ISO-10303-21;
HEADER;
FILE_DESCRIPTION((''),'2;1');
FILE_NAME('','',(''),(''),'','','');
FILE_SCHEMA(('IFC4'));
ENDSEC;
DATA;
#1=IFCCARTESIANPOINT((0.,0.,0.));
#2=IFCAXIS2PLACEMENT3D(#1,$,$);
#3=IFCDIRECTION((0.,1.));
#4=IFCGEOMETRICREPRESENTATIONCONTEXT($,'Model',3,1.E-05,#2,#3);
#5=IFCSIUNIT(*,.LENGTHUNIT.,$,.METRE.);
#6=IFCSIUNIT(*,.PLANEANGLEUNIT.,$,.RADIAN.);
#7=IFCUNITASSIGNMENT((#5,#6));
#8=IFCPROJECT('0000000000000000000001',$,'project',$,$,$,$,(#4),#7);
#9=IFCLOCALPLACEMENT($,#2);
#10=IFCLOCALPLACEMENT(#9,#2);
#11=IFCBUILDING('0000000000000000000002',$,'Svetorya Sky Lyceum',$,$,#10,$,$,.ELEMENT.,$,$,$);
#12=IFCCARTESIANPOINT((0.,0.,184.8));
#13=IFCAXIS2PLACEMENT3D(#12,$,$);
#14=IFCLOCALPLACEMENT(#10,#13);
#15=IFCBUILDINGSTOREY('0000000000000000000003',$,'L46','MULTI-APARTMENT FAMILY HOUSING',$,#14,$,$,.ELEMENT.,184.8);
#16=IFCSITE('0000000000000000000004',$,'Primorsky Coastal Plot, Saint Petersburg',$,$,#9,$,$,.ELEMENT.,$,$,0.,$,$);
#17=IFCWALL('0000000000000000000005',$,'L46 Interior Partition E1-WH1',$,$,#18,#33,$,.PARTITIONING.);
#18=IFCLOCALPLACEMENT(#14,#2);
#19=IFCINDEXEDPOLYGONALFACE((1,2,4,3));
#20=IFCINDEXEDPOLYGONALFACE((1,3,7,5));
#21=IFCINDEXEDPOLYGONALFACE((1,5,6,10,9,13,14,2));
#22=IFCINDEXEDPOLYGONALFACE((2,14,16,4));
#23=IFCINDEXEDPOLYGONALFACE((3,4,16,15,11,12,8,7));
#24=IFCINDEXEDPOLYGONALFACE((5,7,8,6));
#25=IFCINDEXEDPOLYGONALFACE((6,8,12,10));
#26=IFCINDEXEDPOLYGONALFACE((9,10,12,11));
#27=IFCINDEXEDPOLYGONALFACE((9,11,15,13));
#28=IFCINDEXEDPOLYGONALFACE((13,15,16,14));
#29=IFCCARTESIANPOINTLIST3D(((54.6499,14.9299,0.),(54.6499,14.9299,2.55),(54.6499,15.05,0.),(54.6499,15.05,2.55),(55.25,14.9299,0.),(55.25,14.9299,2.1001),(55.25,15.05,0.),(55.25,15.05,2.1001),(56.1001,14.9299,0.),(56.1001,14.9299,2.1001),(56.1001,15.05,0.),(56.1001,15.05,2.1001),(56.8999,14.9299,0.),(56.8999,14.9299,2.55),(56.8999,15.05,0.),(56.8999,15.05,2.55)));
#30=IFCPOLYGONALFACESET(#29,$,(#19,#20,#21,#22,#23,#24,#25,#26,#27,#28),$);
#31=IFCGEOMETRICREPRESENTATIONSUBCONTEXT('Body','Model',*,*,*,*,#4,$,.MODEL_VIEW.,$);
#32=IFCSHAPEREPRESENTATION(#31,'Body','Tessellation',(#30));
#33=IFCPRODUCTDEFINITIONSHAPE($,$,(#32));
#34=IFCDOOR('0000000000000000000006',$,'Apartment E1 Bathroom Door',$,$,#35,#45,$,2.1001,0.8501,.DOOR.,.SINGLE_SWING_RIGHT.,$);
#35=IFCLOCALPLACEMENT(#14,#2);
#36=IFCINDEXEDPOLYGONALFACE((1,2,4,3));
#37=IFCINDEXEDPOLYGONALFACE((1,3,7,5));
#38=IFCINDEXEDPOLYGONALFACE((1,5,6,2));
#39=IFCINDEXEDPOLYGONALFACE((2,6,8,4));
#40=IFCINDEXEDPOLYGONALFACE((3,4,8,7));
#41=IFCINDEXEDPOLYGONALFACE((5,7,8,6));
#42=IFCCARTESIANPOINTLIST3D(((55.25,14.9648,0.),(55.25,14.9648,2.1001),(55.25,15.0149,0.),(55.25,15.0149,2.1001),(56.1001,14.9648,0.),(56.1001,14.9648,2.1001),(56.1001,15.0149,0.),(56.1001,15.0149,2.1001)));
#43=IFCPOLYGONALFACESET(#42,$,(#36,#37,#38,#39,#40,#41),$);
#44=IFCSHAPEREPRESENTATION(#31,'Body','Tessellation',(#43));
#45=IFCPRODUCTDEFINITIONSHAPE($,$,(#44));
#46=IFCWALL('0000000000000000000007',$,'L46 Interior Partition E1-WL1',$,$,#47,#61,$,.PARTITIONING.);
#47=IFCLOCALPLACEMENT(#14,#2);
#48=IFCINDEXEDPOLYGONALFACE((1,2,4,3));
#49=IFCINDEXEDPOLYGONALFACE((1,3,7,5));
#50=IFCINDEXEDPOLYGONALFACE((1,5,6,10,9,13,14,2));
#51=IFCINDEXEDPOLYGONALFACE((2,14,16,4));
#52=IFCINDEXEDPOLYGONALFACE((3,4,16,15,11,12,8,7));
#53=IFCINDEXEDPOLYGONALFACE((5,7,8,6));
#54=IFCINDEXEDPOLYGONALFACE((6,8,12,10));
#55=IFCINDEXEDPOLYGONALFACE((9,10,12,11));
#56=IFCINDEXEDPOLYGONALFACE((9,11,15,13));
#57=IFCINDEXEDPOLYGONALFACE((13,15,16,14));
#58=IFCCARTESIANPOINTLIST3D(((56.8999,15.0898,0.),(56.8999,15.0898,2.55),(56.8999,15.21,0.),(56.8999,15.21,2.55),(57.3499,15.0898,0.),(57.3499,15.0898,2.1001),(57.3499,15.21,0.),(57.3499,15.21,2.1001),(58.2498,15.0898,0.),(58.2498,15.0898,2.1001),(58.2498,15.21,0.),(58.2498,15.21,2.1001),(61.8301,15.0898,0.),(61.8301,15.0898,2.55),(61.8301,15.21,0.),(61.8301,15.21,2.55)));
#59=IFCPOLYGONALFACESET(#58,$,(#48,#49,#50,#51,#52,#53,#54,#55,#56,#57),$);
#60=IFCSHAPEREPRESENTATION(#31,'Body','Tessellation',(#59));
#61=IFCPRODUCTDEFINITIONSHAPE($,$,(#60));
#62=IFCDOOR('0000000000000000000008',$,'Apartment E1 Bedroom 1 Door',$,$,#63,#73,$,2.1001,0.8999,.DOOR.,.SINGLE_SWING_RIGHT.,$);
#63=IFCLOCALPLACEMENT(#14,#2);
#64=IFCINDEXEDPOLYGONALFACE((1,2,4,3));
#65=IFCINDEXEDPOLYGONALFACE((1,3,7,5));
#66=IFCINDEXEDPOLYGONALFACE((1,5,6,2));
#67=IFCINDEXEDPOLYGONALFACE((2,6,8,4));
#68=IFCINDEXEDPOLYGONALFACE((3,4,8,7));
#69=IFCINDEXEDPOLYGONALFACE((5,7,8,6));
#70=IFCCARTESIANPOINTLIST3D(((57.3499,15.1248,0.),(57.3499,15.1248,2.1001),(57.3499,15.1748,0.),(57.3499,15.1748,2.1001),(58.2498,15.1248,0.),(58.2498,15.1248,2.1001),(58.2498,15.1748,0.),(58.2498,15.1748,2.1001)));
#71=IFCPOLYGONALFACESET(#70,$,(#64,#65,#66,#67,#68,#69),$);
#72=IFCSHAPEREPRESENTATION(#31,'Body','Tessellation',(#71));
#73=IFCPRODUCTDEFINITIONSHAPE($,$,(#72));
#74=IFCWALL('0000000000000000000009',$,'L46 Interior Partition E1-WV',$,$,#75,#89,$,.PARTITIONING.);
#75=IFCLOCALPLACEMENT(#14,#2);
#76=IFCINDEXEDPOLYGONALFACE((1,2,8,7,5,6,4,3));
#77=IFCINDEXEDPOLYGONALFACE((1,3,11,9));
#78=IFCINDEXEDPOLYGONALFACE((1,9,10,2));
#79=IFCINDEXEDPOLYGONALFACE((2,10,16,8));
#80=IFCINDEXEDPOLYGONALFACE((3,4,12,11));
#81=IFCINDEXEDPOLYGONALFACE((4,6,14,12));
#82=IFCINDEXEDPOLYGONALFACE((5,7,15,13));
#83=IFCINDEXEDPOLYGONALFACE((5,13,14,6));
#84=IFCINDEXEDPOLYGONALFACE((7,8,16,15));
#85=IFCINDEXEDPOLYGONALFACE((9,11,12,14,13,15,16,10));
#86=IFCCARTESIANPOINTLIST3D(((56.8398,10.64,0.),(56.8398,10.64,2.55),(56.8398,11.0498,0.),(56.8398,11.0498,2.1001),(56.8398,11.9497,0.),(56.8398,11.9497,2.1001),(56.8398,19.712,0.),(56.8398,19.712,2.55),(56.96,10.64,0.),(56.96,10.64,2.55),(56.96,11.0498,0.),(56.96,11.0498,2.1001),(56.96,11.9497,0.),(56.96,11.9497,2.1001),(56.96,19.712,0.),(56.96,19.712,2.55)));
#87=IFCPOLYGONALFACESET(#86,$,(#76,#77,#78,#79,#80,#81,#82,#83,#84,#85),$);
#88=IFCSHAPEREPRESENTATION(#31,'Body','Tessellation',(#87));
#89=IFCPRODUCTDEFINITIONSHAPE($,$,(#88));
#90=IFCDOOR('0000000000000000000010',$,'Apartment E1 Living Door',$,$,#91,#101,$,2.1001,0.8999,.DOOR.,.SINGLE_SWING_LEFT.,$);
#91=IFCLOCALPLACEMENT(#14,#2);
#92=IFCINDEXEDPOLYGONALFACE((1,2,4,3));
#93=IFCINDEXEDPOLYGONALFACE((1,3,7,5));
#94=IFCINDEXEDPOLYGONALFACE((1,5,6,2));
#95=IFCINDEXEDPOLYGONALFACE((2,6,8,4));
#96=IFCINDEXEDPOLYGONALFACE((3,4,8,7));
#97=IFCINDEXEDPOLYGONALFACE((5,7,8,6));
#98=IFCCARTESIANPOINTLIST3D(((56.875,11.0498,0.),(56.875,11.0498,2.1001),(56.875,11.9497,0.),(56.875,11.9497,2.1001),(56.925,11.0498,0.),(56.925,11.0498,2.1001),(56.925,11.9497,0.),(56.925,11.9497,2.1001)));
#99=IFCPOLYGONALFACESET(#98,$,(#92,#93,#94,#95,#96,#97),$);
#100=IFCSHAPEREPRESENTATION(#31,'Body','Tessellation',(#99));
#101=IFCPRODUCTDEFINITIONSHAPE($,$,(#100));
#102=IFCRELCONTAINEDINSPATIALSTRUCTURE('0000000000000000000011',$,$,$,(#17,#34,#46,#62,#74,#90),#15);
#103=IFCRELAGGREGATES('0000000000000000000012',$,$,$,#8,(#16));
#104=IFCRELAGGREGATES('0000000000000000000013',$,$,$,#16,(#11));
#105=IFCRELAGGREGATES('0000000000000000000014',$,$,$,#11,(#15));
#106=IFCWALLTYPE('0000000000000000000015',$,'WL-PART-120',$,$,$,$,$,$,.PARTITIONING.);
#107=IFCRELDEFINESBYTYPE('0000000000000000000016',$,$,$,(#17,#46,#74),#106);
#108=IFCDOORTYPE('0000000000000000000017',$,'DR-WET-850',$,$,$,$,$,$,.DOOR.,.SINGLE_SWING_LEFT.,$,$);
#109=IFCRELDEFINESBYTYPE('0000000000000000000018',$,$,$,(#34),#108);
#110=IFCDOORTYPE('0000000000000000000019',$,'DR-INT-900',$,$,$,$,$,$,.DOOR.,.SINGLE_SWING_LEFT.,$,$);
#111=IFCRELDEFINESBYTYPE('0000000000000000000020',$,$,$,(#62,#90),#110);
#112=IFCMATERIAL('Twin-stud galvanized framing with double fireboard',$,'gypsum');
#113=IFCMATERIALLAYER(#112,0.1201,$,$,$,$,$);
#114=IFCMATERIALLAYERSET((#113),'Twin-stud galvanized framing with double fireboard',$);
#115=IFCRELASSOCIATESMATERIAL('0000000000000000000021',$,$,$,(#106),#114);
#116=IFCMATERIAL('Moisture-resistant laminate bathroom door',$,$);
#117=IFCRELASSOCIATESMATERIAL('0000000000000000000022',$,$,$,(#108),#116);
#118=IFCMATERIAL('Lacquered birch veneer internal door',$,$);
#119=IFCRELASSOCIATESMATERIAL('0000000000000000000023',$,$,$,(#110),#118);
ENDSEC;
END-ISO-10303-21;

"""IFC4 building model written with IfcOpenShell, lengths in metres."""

from ifc_helpers import new_model, si_unit, direction, frame, frame_2d, origin, place, context, subcontext, project, spatial, rectangle, extrude, material, layer, layer_set, type_object, element, fill, save


model = new_model("IFC4")

# Units and contexts
model_context = context("Model", 3, precision=1e-05, world=origin(), true_north=direction((0.0, 1.0)))
body_context = subcontext(model_context, "Body", "Model", "MODEL_VIEW")
ifc_project = project(units=[si_unit("LENGTHUNIT", "METRE"), si_unit("PLANEANGLEUNIT", "RADIAN")], contexts=[model_context])

# Site, building, storey
site_placement = place(None, origin())
site = spatial("IfcSite", under=ifc_project, at=site_placement, Name="Primorsky Coastal Plot, Saint Petersburg", CompositionType="ELEMENT", RefElevation=0.0)
building_placement = place(site_placement, origin())
building = spatial("IfcBuilding", under=site, at=building_placement, Name="Svetorya Sky Lyceum", CompositionType="ELEMENT")
storey_placement = place(building_placement, frame((0.0, 0.0, 184.8)))
storey = spatial("IfcBuildingStorey", under=building, at=storey_placement, Name="L46", Description="MULTI-APARTMENT FAMILY HOUSING", CompositionType="ELEMENT", Elevation=184.8)

# Walls, openings, doors
ifc_material_1 = material(Name="Twin-stud galvanized framing with double fireboard", Category="gypsum")
ifc_layer_1 = layer(ifc_material_1, 0.1201)
ifc_layer_set_1 = layer_set([ifc_layer_1], Name="Twin-stud galvanized framing with double fireboard")
wall_type_1 = type_object("IfcWallType", Name="WL-PART-120", PredefinedType="PARTITIONING", material=ifc_layer_set_1)
wall_1_placement = place(storey_placement, frame((54.6499, 14.99, 0.0), z_axis=(0.0, 0.0, 1.0), x_axis=(1.0, 0.0, 0.0)))
wall_1 = element("IfcWall", 1, at=wall_1_placement, inside=storey, type_object=wall_type_1, Name="L46 Interior Partition E1-WH1", PredefinedType="PARTITIONING", context=body_context, shape_type="SweptSolid", body=[
    extrude(rectangle(XDim=2.25, YDim=0.1201, at=frame_2d((1.125, 0.0))), origin(), (0.0, 0.0, 1.0), 2.55),
])
opening_1_placement = place(wall_1_placement, frame((0.6001, 0.0, 0.0)))
opening_1 = element("IfcOpeningElement", 2, at=opening_1_placement, cuts=wall_1, PredefinedType="OPENING", context=body_context, shape_type="SweptSolid", body=[
    extrude(rectangle(XDim=0.8501, YDim=2.1001, at=frame_2d((0.425, 1.05))), frame((0.0, 0.0701, 0.0), z_axis=(0.0, -1.0, 0.0), x_axis=(1.0, 0.0, 0.0)), (0.0, 0.0, 1.0), 0.1401),
])
ifc_material_2 = material(Name="Moisture-resistant laminate bathroom door")
door_type_1 = type_object("IfcDoorType", Name="DR-WET-850", OperationType="SINGLE_SWING_LEFT", PredefinedType="DOOR", material=ifc_material_2)
door_1_placement = place(opening_1_placement, origin())
door_1 = element("IfcDoor", 3, at=door_1_placement, inside=storey, type_object=door_type_1, Name="Apartment E1 Bathroom Door", OperationType="SINGLE_SWING_RIGHT", OverallHeight=2.1001, OverallWidth=0.8501, PredefinedType="DOOR", context=body_context, shape_type="SweptSolid", body=[
    extrude(rectangle(XDim=0.8501, YDim=2.1001, at=frame_2d((0.425, 1.05))), frame((0.0, 0.0249, 0.0), z_axis=(0.0, -1.0, 0.0), x_axis=(1.0, 0.0, 0.0)), (0.0, 0.0, 1.0), 0.05),
])
fill(opening_1, door_1)
wall_2_placement = place(storey_placement, frame((56.8999, 15.1499, 0.0), z_axis=(0.0, 0.0, 1.0), x_axis=(1.0, 0.0, 0.0)))
wall_2 = element("IfcWall", 4, at=wall_2_placement, inside=storey, type_object=wall_type_1, Name="L46 Interior Partition E1-WL1", PredefinedType="PARTITIONING", context=body_context, shape_type="SweptSolid", body=[
    extrude(rectangle(XDim=4.9302, YDim=0.1201, at=frame_2d((2.4651, 0.0))), origin(), (0.0, 0.0, 1.0), 2.55),
])
opening_2_placement = place(wall_2_placement, frame((0.45, 0.0, 0.0)))
opening_2 = element("IfcOpeningElement", 5, at=opening_2_placement, cuts=wall_2, PredefinedType="OPENING", context=body_context, shape_type="SweptSolid", body=[
    extrude(rectangle(XDim=0.8999, YDim=2.1001, at=frame_2d((0.45, 1.05))), frame((0.0, 0.0701, 0.0), z_axis=(0.0, -1.0, 0.0), x_axis=(1.0, 0.0, 0.0)), (0.0, 0.0, 1.0), 0.1401),
])
ifc_material_3 = material(Name="Lacquered birch veneer internal door")
door_type_2 = type_object("IfcDoorType", Name="DR-INT-900", OperationType="SINGLE_SWING_LEFT", PredefinedType="DOOR", material=ifc_material_3)
door_2_placement = place(opening_2_placement, origin())
door_2 = element("IfcDoor", 6, at=door_2_placement, inside=storey, type_object=door_type_2, Name="Apartment E1 Bedroom 1 Door", OperationType="SINGLE_SWING_RIGHT", OverallHeight=2.1001, OverallWidth=0.8999, PredefinedType="DOOR", context=body_context, shape_type="SweptSolid", body=[
    extrude(rectangle(XDim=0.8999, YDim=2.1001, at=frame_2d((0.45, 1.05))), frame((0.0, 0.0249, 0.0), z_axis=(0.0, -1.0, 0.0), x_axis=(1.0, 0.0, 0.0)), (0.0, 0.0, 1.0), 0.05),
])
fill(opening_2, door_2)
wall_3_placement = place(storey_placement, frame((56.8999, 10.6399, 0.0), z_axis=(0.0, 0.0, 1.0), x_axis=(0.0, 1.0, 0.0)))
wall_3 = element("IfcWall", 7, at=wall_3_placement, inside=storey, type_object=wall_type_1, Name="L46 Interior Partition E1-WV", PredefinedType="PARTITIONING", context=body_context, shape_type="SweptSolid", body=[
    extrude(rectangle(XDim=9.072, YDim=0.1201, at=frame_2d((4.5361, 0.0))), origin(), (0.0, 0.0, 1.0), 2.55),
])
opening_3_placement = place(wall_3_placement, frame((0.4099, 0.0, 0.0)))
opening_3 = element("IfcOpeningElement", 8, at=opening_3_placement, cuts=wall_3, PredefinedType="OPENING", context=body_context, shape_type="SweptSolid", body=[
    extrude(rectangle(XDim=0.8999, YDim=2.1001, at=frame_2d((0.45, 1.05))), frame((0.0, 0.0701, 0.0), z_axis=(0.0, -1.0, 0.0), x_axis=(1.0, 0.0, 0.0)), (0.0, 0.0, 1.0), 0.1401),
])
door_3_placement = place(opening_3_placement, origin())
door_3 = element("IfcDoor", 9, at=door_3_placement, inside=storey, type_object=door_type_2, Name="Apartment E1 Living Door", OperationType="SINGLE_SWING_LEFT", OverallHeight=2.1001, OverallWidth=0.8999, PredefinedType="DOOR", context=body_context, shape_type="SweptSolid", body=[
    extrude(rectangle(XDim=0.8999, YDim=2.1001, at=frame_2d((0.45, 1.05))), frame((0.0, 0.0249, 0.0), z_axis=(0.0, -1.0, 0.0), x_axis=(1.0, 0.0, 0.0)), (0.0, 0.0, 1.0), 0.05),
])
fill(opening_3, door_3)

save(model, "model.ifc")
